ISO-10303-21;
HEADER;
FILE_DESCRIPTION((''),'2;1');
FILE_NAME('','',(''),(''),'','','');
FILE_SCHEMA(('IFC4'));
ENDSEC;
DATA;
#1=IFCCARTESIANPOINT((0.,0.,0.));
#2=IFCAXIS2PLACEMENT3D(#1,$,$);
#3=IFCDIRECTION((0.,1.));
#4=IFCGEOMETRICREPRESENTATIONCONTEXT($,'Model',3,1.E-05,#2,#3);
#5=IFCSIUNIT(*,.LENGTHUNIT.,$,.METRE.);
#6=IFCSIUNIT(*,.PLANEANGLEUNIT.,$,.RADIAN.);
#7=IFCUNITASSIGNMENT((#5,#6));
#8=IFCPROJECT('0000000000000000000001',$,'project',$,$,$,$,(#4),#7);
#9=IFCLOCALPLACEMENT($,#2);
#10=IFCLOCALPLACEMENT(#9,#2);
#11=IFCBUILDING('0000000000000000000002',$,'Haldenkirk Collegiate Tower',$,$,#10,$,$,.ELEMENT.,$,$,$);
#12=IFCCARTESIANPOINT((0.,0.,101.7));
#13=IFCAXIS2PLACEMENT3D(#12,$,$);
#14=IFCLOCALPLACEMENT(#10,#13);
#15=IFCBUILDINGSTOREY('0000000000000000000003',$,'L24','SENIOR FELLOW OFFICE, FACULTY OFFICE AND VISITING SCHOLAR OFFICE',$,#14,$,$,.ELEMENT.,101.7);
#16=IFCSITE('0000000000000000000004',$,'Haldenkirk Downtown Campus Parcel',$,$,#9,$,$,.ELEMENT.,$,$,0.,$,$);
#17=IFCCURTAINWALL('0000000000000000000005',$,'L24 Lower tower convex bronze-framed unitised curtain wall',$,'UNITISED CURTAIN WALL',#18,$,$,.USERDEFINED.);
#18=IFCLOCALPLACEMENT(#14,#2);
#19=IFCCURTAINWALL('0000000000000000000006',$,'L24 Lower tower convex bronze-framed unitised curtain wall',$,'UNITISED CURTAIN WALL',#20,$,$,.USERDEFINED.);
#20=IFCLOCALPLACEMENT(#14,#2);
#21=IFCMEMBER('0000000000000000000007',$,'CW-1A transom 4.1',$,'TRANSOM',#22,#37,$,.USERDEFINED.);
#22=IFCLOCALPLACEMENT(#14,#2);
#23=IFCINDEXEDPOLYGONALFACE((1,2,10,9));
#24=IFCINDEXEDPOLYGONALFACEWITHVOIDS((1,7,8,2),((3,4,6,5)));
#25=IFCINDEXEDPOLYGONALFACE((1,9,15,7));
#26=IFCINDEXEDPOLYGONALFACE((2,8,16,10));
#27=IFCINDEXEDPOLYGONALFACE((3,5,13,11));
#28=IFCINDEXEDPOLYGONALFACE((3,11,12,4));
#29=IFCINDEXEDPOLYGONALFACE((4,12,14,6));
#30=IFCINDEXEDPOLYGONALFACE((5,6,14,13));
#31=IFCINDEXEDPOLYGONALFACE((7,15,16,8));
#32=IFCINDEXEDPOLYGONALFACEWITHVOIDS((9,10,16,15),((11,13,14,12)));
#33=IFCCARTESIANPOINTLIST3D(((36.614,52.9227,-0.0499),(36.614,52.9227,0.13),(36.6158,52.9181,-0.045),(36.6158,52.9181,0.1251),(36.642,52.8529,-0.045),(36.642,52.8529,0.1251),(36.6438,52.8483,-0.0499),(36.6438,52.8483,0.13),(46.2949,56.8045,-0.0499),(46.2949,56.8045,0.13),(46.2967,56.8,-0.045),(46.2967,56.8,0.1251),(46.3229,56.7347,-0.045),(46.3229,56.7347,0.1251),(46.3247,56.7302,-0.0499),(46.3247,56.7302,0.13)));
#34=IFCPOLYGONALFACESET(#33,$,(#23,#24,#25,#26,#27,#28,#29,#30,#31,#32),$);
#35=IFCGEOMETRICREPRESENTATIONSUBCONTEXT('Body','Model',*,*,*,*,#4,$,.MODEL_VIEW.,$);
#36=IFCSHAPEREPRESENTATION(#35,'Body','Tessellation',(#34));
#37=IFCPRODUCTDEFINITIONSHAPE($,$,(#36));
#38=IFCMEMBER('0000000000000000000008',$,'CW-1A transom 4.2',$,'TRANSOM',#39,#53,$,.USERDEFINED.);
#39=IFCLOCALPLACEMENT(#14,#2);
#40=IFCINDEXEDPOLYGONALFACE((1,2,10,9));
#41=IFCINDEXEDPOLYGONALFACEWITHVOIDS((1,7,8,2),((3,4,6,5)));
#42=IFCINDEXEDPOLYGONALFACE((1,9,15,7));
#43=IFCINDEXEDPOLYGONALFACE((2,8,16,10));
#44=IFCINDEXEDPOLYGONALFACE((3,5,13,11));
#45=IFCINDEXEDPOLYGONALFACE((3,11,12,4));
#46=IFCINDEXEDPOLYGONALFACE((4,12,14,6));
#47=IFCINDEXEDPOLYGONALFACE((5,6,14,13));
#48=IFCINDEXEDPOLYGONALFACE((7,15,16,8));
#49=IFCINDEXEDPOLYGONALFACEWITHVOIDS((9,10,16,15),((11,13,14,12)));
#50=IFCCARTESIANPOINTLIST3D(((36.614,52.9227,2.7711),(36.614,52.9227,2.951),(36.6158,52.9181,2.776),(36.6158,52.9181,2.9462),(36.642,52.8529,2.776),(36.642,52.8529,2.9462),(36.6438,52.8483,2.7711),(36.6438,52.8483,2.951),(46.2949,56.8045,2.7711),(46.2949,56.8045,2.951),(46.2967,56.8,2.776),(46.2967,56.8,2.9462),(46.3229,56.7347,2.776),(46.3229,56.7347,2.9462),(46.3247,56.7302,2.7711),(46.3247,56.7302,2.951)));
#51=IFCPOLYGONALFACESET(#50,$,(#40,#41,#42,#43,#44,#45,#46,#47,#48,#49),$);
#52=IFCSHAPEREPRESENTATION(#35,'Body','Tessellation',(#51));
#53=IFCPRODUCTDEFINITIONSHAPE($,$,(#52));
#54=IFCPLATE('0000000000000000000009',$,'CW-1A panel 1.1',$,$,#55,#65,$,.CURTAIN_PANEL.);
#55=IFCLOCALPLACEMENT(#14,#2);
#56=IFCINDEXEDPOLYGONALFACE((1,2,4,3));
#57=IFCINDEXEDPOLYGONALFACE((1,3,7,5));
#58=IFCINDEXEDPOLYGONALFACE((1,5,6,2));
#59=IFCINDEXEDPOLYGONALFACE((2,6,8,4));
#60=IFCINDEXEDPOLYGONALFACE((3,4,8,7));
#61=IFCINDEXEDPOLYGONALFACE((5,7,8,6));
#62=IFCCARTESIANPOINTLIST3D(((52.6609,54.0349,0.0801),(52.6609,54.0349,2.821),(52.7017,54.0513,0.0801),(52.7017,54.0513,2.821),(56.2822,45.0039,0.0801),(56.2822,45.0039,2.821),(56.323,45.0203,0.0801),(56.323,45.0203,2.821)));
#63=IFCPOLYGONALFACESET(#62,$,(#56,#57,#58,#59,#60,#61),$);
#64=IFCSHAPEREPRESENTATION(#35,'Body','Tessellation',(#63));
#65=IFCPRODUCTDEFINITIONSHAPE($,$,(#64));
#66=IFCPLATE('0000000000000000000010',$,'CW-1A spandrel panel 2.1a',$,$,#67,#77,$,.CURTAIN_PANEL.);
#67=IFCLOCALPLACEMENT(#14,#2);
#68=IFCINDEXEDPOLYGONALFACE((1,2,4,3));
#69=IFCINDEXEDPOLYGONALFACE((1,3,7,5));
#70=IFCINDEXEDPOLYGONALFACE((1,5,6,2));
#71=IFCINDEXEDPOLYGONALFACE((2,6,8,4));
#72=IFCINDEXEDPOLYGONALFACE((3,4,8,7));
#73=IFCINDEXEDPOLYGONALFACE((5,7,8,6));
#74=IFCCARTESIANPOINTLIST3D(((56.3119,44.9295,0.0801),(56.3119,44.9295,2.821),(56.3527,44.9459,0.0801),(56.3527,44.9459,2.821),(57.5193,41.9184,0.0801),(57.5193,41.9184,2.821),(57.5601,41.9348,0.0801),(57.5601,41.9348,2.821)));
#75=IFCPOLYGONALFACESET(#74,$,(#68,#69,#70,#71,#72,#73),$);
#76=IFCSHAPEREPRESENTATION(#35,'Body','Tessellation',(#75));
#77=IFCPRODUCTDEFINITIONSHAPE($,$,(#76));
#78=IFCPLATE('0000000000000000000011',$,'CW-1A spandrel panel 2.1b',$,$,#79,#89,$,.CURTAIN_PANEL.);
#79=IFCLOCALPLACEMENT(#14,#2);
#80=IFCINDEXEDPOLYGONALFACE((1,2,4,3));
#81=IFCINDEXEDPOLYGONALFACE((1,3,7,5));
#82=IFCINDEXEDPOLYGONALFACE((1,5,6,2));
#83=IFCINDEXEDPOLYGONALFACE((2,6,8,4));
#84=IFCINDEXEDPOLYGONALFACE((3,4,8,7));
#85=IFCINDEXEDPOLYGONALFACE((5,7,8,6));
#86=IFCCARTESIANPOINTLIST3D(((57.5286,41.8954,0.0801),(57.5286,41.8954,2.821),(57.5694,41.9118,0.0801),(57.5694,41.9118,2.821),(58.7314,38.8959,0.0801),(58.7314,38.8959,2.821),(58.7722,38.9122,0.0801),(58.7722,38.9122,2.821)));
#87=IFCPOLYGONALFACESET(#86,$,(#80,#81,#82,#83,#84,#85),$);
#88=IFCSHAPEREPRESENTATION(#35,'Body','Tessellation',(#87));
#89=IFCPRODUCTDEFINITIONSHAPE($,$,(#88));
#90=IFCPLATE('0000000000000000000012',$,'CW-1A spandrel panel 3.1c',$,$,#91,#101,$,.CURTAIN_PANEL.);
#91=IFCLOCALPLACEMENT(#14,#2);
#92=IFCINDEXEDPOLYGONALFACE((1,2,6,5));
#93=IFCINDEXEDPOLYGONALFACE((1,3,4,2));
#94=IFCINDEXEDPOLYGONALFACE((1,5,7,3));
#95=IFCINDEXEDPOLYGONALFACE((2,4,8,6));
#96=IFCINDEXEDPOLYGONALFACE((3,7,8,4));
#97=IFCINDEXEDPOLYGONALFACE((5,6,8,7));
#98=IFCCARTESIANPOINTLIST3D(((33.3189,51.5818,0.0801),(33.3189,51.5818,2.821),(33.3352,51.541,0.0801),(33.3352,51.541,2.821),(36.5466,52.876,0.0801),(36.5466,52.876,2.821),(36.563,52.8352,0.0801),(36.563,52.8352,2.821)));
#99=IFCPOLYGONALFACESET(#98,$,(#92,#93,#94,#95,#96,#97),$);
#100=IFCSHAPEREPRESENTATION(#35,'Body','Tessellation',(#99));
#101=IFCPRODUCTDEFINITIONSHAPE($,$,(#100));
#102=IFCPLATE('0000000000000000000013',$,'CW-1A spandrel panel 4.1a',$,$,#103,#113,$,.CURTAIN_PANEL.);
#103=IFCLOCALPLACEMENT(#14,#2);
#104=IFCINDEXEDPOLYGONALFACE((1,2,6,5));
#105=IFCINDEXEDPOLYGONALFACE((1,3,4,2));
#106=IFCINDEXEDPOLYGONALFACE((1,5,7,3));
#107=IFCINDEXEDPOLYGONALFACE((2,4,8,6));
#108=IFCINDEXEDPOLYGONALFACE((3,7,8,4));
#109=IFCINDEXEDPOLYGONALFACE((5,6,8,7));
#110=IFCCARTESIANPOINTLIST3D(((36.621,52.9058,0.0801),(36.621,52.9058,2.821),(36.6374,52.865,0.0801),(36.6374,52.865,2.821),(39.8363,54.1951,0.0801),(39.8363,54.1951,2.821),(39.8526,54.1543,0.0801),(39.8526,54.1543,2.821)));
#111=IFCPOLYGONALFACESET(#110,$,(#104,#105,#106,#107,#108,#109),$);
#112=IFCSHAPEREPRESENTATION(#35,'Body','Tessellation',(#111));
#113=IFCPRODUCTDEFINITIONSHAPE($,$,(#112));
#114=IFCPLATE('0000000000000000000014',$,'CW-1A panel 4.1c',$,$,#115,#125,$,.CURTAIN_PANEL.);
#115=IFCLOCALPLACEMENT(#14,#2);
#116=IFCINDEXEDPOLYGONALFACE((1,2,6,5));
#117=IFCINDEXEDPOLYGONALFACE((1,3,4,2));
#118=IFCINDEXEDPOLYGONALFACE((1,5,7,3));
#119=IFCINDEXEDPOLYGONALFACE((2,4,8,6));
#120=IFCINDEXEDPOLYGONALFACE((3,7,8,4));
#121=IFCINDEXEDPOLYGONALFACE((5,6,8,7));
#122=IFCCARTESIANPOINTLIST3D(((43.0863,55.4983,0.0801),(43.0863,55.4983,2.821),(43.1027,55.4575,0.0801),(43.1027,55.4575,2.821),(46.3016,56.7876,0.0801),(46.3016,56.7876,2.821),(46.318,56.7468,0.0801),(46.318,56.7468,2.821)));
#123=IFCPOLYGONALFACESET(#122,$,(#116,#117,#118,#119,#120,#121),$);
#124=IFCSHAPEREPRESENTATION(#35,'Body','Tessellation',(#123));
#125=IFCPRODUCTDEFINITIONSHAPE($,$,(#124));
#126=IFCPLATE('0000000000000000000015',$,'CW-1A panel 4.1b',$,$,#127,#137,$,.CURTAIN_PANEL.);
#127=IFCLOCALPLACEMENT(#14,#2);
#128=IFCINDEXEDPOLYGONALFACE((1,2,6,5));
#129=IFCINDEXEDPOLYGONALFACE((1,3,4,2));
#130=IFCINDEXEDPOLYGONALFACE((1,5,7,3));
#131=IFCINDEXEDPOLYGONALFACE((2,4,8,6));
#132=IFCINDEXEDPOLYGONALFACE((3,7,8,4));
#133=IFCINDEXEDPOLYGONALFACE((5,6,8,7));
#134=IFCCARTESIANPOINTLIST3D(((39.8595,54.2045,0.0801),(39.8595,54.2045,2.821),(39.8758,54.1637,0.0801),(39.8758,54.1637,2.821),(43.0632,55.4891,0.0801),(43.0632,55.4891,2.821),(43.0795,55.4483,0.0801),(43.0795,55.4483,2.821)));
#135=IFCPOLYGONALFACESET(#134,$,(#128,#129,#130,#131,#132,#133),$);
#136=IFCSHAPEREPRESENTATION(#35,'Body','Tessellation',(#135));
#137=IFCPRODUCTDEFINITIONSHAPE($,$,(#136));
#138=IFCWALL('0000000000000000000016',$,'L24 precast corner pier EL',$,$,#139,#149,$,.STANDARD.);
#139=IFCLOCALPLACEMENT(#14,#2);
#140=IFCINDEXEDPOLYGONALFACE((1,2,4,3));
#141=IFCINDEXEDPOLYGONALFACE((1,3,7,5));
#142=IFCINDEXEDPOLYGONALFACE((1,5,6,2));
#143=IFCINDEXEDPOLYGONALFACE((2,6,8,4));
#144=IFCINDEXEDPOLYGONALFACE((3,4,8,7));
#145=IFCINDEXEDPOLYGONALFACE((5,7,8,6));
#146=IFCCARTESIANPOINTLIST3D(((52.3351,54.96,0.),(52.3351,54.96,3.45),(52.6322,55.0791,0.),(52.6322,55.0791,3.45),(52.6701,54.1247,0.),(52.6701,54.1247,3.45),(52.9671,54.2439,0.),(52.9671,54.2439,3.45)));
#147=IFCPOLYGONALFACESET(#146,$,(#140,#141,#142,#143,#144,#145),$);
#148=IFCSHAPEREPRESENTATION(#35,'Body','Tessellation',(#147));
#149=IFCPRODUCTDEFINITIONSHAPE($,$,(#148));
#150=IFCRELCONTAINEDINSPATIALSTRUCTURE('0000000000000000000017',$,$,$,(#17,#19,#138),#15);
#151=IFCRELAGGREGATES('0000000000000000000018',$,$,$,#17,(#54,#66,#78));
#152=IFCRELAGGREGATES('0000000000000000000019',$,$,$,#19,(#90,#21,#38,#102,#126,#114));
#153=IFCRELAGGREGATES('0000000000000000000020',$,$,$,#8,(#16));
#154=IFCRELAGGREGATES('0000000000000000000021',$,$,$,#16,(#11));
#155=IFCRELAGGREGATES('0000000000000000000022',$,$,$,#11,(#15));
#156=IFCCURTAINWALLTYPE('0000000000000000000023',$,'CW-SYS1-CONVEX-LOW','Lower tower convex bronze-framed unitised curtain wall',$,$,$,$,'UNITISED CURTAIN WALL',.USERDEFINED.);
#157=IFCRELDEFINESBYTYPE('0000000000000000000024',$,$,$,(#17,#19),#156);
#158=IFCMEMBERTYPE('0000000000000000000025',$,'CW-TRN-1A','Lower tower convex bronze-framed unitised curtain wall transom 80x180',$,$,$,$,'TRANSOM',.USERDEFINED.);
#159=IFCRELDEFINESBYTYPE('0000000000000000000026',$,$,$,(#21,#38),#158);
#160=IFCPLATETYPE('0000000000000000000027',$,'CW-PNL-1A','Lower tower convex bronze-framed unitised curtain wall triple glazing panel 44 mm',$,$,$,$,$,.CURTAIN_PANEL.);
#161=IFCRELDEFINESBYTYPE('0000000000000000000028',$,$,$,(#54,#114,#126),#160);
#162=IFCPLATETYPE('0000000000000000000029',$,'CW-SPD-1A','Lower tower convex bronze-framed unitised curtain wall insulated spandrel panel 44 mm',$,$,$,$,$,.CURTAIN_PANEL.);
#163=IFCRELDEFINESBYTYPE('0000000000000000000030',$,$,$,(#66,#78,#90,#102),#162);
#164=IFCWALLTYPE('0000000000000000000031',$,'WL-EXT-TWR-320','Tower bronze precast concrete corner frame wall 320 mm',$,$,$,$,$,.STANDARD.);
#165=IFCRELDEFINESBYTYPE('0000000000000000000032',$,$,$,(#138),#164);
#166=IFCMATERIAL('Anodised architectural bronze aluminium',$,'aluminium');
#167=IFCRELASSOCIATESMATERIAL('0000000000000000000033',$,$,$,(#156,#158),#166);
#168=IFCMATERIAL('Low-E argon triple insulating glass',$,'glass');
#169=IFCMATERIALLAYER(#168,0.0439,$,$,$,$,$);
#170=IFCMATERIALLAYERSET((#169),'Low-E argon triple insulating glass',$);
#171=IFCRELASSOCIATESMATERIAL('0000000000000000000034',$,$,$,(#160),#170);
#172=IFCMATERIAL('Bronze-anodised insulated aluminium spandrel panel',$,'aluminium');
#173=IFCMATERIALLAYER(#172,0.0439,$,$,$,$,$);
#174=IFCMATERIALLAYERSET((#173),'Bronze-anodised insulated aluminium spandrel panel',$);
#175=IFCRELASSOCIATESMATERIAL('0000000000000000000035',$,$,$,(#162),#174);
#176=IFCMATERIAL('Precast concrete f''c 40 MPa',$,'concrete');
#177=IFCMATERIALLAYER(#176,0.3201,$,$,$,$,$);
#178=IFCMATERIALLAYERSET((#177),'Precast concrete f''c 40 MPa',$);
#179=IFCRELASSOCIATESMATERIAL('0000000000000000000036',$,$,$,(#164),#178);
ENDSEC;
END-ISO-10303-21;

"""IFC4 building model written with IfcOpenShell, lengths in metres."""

from ifc_helpers import new_model, si_unit, direction, frame, frame_2d, origin, origin_2d, place, context, subcontext, project, spatial, rectangle, hollow_rectangle, extrude, source, transform, mapped, material, layer, layer_set, material_profile, profile_set, type_object, element, aggregate, save


model = new_model("IFC4")

# Units and contexts
model_context = context("Model", 3, precision=1e-05, world=origin(), true_north=direction((0.0, 1.0)))
body_context = subcontext(model_context, "Body", "Model", "MODEL_VIEW")
ifc_project = project(units=[si_unit("LENGTHUNIT", "METRE"), si_unit("PLANEANGLEUNIT", "RADIAN")], contexts=[model_context])

# Site, building, storey
site_placement = place(None, origin())
site = spatial("IfcSite", under=ifc_project, at=site_placement, Name="Haldenkirk Downtown Campus Parcel", CompositionType="ELEMENT", RefElevation=0.0)
building_placement = place(site_placement, origin())
building = spatial("IfcBuilding", under=site, at=building_placement, Name="Haldenkirk Collegiate Tower", CompositionType="ELEMENT")
storey_placement = place(building_placement, frame((0.0, 0.0, 101.7)))
storey = spatial("IfcBuildingStorey", under=building, at=storey_placement, Name="L24", Description="SENIOR FELLOW OFFICE, FACULTY OFFICE AND VISITING SCHOLAR OFFICE", CompositionType="ELEMENT", Elevation=101.7)

# Curtain walls
ifc_material_1 = material(Name="Anodised architectural bronze aluminium", Category="aluminium")
curtain_wall_type = type_object("IfcCurtainWallType", Name="CW-SYS1-CONVEX-LOW", Description="Lower tower convex bronze-framed unitised curtain wall", ElementType="UNITISED CURTAIN WALL", PredefinedType="USERDEFINED", material=ifc_material_1)
curtain_wall_1_placement = place(storey_placement, origin())
curtain_wall_1 = element("IfcCurtainWall", 1, at=curtain_wall_1_placement, inside=storey, type_object=curtain_wall_type, Name="L24 Lower tower convex bronze-framed unitised curtain wall", ObjectType="UNITISED CURTAIN WALL", PredefinedType="USERDEFINED")
curtain_wall_2_placement = place(storey_placement, origin())
curtain_wall_2 = element("IfcCurtainWall", 2, at=curtain_wall_2_placement, inside=storey, type_object=curtain_wall_type, Name="L24 Lower tower convex bronze-framed unitised curtain wall", ObjectType="UNITISED CURTAIN WALL", PredefinedType="USERDEFINED")

# Members
ifc_material_profile_1 = material_profile(ifc_material_1, hollow_rectangle(XDim=0.0801, YDim=0.1799, WallThickness=0.0049, at=origin_2d()), Name="CW-TRN-1A")
ifc_profile_set_1 = profile_set([ifc_material_profile_1], Name="Anodised architectural bronze aluminium")
member_type_1 = type_object("IfcMemberType", Name="CW-TRN-1A", Description="Lower tower convex bronze-framed unitised curtain wall transom 80x180", ElementType="TRANSOM", PredefinedType="USERDEFINED", material=ifc_profile_set_1)
member_1_placement = place(storey_placement, frame((36.6289, 52.8855, 0.04), z_axis=(0.928163, 0.372173, 0.0), x_axis=(-0.372173, 0.928163, 0.0)))
member_1 = element("IfcMember", 3, at=member_1_placement, type_object=member_type_1, Name="CW-1A transom 4.1", ObjectType="TRANSOM", PredefinedType="USERDEFINED", context=body_context, shape_type="SweptSolid", body=[
    extrude(hollow_rectangle(XDim=0.0801, YDim=0.1799, WallThickness=0.0049, at=origin_2d()), origin(), (0.0, 0.0, 1.0), 10.4302),
])
member_2_placement = place(storey_placement, frame((36.6289, 52.8855, 2.8611), z_axis=(0.928163, 0.372173, 0.0), x_axis=(-0.372173, 0.928163, 0.0)))
member_2 = element("IfcMember", 4, at=member_2_placement, type_object=member_type_1, Name="CW-1A transom 4.2", ObjectType="TRANSOM", PredefinedType="USERDEFINED", context=body_context, shape_type="SweptSolid", body=[
    extrude(hollow_rectangle(XDim=0.0801, YDim=0.1799, WallThickness=0.0049, at=origin_2d()), origin(), (0.0, 0.0, 1.0), 10.4302),
])

# Plates
ifc_material_2 = material(Name="Low-E argon triple insulating glass", Category="glass")
ifc_layer_1 = layer(ifc_material_2, 0.0439)
ifc_layer_set_1 = layer_set([ifc_layer_1], Name="Low-E argon triple insulating glass")
plate_type_1 = type_object("IfcPlateType", Name="CW-PNL-1A", Description="Lower tower convex bronze-framed unitised curtain wall triple glazing panel 44 mm", PredefinedType="CURTAIN_PANEL", material=ifc_layer_set_1)
shared_shape_1 = source(origin(), body_context, "Body", "SweptSolid", [
    extrude(rectangle(XDim=9.73, YDim=0.0439, at=origin_2d()), origin(), (0.0, 0.0, 1.0), 2.741),
])
plate_1_placement = place(storey_placement, frame((54.4919, 49.5276, 0.0801), z_axis=(0.0, 0.0, 1.0), x_axis=(0.372175, -0.928163, 0.0)))
plate_1 = element("IfcPlate", 5, at=plate_1_placement, type_object=plate_type_1, Name="CW-1A panel 1.1", PredefinedType="CURTAIN_PANEL", context=body_context, shape_type="MappedRepresentation", body=[
    mapped(shared_shape_1, transform((0.0, 0.0, 0.0), x_axis=(1.0, 0.0, 0.0), y_axis=(0.0, 1.0, 0.0), z_axis=(0.0, 0.0, 1.0), scale=1.0)),
])
ifc_material_3 = material(Name="Bronze-anodised insulated aluminium spandrel panel", Category="aluminium")
ifc_layer_2 = layer(ifc_material_3, 0.0439)
ifc_layer_set_2 = layer_set([ifc_layer_2], Name="Bronze-anodised insulated aluminium spandrel panel")
plate_type_2 = type_object("IfcPlateType", Name="CW-SPD-1A", Description="Lower tower convex bronze-framed unitised curtain wall insulated spandrel panel 44 mm", PredefinedType="CURTAIN_PANEL", material=ifc_layer_set_2)
shared_shape_2 = source(origin(), body_context, "Body", "SweptSolid", [
    extrude(rectangle(XDim=3.2441, YDim=0.0439, at=origin_2d()), origin(), (0.0, 0.0, 1.0), 2.741),
])
plate_2_placement = place(storey_placement, frame((56.936, 43.4321, 0.0801), z_axis=(0.0, 0.0, 1.0), x_axis=(0.372175, -0.928163, 0.0)))
plate_2 = element("IfcPlate", 6, at=plate_2_placement, type_object=plate_type_2, Name="CW-1A spandrel panel 2.1a", PredefinedType="CURTAIN_PANEL", context=body_context, shape_type="MappedRepresentation", body=[
    mapped(shared_shape_2, transform((0.0, 0.0, 0.0), x_axis=(1.0, 0.0, 0.0), y_axis=(0.0, 1.0, 0.0), z_axis=(0.0, 0.0, 1.0), scale=1.0)),
])
shared_shape_3 = source(origin(), body_context, "Body", "SweptSolid", [
    extrude(rectangle(XDim=3.2317, YDim=0.0439, at=origin_2d()), origin(), (0.0, 0.0, 1.0), 2.741),
])
plate_3_placement = place(storey_placement, frame((58.1504, 40.4038, 0.0801), z_axis=(0.0, 0.0, 1.0), x_axis=(0.372175, -0.928163, 0.0)))
plate_3 = element("IfcPlate", 7, at=plate_3_placement, type_object=plate_type_2, Name="CW-1A spandrel panel 2.1b", PredefinedType="CURTAIN_PANEL", context=body_context, shape_type="MappedRepresentation", body=[
    mapped(shared_shape_3, transform((0.0, 0.0, 0.0), x_axis=(1.0, 0.0, 0.0), y_axis=(0.0, 1.0, 0.0), z_axis=(0.0, 0.0, 1.0), scale=1.0)),
])
aggregate(curtain_wall_1, [plate_1, plate_2, plate_3])
shared_shape_4 = source(origin(), body_context, "Body", "SweptSolid", [
    extrude(rectangle(XDim=3.4775, YDim=0.0439, at=origin_2d()), origin(), (0.0, 0.0, 1.0), 2.741),
])
plate_4_placement = place(storey_placement, frame((34.9409, 52.2085, 0.0801), z_axis=(0.0, 0.0, 1.0), x_axis=(0.928163, 0.372175, 0.0)))
plate_4 = element("IfcPlate", 8, at=plate_4_placement, type_object=plate_type_2, Name="CW-1A spandrel panel 3.1c", PredefinedType="CURTAIN_PANEL", context=body_context, shape_type="MappedRepresentation", body=[
    mapped(shared_shape_4, transform((0.0, 0.0, 0.0), x_axis=(1.0, 0.0, 0.0), y_axis=(0.0, 1.0, 0.0), z_axis=(0.0, 0.0, 1.0), scale=1.0)),
])
shared_shape_5 = source(origin(), body_context, "Body", "SweptSolid", [
    extrude(rectangle(XDim=3.4641, YDim=0.0439, at=origin_2d()), origin(), (0.0, 0.0, 1.0), 2.741),
])
plate_5_placement = place(storey_placement, frame((38.2368, 53.53, 0.0801), z_axis=(0.0, 0.0, 1.0), x_axis=(0.928163, 0.372175, 0.0)))
plate_5 = element("IfcPlate", 9, at=plate_5_placement, type_object=plate_type_2, Name="CW-1A spandrel panel 4.1a", PredefinedType="CURTAIN_PANEL", context=body_context, shape_type="MappedRepresentation", body=[
    mapped(shared_shape_5, transform((0.0, 0.0, 0.0), x_axis=(1.0, 0.0, 0.0), y_axis=(0.0, 1.0, 0.0), z_axis=(0.0, 0.0, 1.0), scale=1.0)),
])
plate_6_placement = place(storey_placement, frame((44.7021, 56.1226, 0.0801), z_axis=(0.0, 0.0, 1.0), x_axis=(0.928163, 0.372175, 0.0)))
plate_6 = element("IfcPlate", 10, at=plate_6_placement, type_object=plate_type_1, Name="CW-1A panel 4.1c", PredefinedType="CURTAIN_PANEL", context=body_context, shape_type="MappedRepresentation", body=[
    mapped(shared_shape_5, transform((0.0, 0.0, 0.0), x_axis=(1.0, 0.0, 0.0), y_axis=(0.0, 1.0, 0.0), z_axis=(0.0, 0.0, 1.0), scale=1.0)),
])
shared_shape_6 = source(origin(), body_context, "Body", "SweptSolid", [
    extrude(rectangle(XDim=3.4517, YDim=0.0439, at=origin_2d()), origin(), (0.0, 0.0, 1.0), 2.741),
])
plate_7_placement = place(storey_placement, frame((41.4695, 54.8264, 0.0801), z_axis=(0.0, 0.0, 1.0), x_axis=(0.928163, 0.372175, 0.0)))
plate_7 = element("IfcPlate", 11, at=plate_7_placement, type_object=plate_type_1, Name="CW-1A panel 4.1b", PredefinedType="CURTAIN_PANEL", context=body_context, shape_type="MappedRepresentation", body=[
    mapped(shared_shape_6, transform((0.0, 0.0, 0.0), x_axis=(1.0, 0.0, 0.0), y_axis=(0.0, 1.0, 0.0), z_axis=(0.0, 0.0, 1.0), scale=1.0)),
])
aggregate(curtain_wall_2, [plate_4, member_1, member_2, plate_5, plate_7, plate_6])

# Wall
ifc_material_4 = material(Name="Precast concrete f'c 40 MPa", Category="concrete")
ifc_layer_3 = layer(ifc_material_4, 0.3201)
ifc_layer_set_3 = layer_set([ifc_layer_3], Name="Precast concrete f'c 40 MPa")
wall_type_1 = type_object("IfcWallType", Name="WL-EXT-TWR-320", Description="Tower bronze precast concrete corner frame wall 320 mm", PredefinedType="STANDARD", material=ifc_layer_set_3)
wall_1_placement = place(storey_placement, frame((52.4836, 55.0195, 0.0), z_axis=(0.0, 0.0, 1.0), x_axis=(0.372233, -0.92814, 0.0)))
element("IfcWall", 12, at=wall_1_placement, inside=storey, type_object=wall_type_1, Name="L24 precast corner pier EL", PredefinedType="STANDARD", context=body_context, shape_type="SweptSolid", body=[
    extrude(rectangle(XDim=0.8999, YDim=0.3201, at=frame_2d((0.45, 0.0))), origin(), (0.0, 0.0, 1.0), 3.45),
])

save(model, "model.ifc")
